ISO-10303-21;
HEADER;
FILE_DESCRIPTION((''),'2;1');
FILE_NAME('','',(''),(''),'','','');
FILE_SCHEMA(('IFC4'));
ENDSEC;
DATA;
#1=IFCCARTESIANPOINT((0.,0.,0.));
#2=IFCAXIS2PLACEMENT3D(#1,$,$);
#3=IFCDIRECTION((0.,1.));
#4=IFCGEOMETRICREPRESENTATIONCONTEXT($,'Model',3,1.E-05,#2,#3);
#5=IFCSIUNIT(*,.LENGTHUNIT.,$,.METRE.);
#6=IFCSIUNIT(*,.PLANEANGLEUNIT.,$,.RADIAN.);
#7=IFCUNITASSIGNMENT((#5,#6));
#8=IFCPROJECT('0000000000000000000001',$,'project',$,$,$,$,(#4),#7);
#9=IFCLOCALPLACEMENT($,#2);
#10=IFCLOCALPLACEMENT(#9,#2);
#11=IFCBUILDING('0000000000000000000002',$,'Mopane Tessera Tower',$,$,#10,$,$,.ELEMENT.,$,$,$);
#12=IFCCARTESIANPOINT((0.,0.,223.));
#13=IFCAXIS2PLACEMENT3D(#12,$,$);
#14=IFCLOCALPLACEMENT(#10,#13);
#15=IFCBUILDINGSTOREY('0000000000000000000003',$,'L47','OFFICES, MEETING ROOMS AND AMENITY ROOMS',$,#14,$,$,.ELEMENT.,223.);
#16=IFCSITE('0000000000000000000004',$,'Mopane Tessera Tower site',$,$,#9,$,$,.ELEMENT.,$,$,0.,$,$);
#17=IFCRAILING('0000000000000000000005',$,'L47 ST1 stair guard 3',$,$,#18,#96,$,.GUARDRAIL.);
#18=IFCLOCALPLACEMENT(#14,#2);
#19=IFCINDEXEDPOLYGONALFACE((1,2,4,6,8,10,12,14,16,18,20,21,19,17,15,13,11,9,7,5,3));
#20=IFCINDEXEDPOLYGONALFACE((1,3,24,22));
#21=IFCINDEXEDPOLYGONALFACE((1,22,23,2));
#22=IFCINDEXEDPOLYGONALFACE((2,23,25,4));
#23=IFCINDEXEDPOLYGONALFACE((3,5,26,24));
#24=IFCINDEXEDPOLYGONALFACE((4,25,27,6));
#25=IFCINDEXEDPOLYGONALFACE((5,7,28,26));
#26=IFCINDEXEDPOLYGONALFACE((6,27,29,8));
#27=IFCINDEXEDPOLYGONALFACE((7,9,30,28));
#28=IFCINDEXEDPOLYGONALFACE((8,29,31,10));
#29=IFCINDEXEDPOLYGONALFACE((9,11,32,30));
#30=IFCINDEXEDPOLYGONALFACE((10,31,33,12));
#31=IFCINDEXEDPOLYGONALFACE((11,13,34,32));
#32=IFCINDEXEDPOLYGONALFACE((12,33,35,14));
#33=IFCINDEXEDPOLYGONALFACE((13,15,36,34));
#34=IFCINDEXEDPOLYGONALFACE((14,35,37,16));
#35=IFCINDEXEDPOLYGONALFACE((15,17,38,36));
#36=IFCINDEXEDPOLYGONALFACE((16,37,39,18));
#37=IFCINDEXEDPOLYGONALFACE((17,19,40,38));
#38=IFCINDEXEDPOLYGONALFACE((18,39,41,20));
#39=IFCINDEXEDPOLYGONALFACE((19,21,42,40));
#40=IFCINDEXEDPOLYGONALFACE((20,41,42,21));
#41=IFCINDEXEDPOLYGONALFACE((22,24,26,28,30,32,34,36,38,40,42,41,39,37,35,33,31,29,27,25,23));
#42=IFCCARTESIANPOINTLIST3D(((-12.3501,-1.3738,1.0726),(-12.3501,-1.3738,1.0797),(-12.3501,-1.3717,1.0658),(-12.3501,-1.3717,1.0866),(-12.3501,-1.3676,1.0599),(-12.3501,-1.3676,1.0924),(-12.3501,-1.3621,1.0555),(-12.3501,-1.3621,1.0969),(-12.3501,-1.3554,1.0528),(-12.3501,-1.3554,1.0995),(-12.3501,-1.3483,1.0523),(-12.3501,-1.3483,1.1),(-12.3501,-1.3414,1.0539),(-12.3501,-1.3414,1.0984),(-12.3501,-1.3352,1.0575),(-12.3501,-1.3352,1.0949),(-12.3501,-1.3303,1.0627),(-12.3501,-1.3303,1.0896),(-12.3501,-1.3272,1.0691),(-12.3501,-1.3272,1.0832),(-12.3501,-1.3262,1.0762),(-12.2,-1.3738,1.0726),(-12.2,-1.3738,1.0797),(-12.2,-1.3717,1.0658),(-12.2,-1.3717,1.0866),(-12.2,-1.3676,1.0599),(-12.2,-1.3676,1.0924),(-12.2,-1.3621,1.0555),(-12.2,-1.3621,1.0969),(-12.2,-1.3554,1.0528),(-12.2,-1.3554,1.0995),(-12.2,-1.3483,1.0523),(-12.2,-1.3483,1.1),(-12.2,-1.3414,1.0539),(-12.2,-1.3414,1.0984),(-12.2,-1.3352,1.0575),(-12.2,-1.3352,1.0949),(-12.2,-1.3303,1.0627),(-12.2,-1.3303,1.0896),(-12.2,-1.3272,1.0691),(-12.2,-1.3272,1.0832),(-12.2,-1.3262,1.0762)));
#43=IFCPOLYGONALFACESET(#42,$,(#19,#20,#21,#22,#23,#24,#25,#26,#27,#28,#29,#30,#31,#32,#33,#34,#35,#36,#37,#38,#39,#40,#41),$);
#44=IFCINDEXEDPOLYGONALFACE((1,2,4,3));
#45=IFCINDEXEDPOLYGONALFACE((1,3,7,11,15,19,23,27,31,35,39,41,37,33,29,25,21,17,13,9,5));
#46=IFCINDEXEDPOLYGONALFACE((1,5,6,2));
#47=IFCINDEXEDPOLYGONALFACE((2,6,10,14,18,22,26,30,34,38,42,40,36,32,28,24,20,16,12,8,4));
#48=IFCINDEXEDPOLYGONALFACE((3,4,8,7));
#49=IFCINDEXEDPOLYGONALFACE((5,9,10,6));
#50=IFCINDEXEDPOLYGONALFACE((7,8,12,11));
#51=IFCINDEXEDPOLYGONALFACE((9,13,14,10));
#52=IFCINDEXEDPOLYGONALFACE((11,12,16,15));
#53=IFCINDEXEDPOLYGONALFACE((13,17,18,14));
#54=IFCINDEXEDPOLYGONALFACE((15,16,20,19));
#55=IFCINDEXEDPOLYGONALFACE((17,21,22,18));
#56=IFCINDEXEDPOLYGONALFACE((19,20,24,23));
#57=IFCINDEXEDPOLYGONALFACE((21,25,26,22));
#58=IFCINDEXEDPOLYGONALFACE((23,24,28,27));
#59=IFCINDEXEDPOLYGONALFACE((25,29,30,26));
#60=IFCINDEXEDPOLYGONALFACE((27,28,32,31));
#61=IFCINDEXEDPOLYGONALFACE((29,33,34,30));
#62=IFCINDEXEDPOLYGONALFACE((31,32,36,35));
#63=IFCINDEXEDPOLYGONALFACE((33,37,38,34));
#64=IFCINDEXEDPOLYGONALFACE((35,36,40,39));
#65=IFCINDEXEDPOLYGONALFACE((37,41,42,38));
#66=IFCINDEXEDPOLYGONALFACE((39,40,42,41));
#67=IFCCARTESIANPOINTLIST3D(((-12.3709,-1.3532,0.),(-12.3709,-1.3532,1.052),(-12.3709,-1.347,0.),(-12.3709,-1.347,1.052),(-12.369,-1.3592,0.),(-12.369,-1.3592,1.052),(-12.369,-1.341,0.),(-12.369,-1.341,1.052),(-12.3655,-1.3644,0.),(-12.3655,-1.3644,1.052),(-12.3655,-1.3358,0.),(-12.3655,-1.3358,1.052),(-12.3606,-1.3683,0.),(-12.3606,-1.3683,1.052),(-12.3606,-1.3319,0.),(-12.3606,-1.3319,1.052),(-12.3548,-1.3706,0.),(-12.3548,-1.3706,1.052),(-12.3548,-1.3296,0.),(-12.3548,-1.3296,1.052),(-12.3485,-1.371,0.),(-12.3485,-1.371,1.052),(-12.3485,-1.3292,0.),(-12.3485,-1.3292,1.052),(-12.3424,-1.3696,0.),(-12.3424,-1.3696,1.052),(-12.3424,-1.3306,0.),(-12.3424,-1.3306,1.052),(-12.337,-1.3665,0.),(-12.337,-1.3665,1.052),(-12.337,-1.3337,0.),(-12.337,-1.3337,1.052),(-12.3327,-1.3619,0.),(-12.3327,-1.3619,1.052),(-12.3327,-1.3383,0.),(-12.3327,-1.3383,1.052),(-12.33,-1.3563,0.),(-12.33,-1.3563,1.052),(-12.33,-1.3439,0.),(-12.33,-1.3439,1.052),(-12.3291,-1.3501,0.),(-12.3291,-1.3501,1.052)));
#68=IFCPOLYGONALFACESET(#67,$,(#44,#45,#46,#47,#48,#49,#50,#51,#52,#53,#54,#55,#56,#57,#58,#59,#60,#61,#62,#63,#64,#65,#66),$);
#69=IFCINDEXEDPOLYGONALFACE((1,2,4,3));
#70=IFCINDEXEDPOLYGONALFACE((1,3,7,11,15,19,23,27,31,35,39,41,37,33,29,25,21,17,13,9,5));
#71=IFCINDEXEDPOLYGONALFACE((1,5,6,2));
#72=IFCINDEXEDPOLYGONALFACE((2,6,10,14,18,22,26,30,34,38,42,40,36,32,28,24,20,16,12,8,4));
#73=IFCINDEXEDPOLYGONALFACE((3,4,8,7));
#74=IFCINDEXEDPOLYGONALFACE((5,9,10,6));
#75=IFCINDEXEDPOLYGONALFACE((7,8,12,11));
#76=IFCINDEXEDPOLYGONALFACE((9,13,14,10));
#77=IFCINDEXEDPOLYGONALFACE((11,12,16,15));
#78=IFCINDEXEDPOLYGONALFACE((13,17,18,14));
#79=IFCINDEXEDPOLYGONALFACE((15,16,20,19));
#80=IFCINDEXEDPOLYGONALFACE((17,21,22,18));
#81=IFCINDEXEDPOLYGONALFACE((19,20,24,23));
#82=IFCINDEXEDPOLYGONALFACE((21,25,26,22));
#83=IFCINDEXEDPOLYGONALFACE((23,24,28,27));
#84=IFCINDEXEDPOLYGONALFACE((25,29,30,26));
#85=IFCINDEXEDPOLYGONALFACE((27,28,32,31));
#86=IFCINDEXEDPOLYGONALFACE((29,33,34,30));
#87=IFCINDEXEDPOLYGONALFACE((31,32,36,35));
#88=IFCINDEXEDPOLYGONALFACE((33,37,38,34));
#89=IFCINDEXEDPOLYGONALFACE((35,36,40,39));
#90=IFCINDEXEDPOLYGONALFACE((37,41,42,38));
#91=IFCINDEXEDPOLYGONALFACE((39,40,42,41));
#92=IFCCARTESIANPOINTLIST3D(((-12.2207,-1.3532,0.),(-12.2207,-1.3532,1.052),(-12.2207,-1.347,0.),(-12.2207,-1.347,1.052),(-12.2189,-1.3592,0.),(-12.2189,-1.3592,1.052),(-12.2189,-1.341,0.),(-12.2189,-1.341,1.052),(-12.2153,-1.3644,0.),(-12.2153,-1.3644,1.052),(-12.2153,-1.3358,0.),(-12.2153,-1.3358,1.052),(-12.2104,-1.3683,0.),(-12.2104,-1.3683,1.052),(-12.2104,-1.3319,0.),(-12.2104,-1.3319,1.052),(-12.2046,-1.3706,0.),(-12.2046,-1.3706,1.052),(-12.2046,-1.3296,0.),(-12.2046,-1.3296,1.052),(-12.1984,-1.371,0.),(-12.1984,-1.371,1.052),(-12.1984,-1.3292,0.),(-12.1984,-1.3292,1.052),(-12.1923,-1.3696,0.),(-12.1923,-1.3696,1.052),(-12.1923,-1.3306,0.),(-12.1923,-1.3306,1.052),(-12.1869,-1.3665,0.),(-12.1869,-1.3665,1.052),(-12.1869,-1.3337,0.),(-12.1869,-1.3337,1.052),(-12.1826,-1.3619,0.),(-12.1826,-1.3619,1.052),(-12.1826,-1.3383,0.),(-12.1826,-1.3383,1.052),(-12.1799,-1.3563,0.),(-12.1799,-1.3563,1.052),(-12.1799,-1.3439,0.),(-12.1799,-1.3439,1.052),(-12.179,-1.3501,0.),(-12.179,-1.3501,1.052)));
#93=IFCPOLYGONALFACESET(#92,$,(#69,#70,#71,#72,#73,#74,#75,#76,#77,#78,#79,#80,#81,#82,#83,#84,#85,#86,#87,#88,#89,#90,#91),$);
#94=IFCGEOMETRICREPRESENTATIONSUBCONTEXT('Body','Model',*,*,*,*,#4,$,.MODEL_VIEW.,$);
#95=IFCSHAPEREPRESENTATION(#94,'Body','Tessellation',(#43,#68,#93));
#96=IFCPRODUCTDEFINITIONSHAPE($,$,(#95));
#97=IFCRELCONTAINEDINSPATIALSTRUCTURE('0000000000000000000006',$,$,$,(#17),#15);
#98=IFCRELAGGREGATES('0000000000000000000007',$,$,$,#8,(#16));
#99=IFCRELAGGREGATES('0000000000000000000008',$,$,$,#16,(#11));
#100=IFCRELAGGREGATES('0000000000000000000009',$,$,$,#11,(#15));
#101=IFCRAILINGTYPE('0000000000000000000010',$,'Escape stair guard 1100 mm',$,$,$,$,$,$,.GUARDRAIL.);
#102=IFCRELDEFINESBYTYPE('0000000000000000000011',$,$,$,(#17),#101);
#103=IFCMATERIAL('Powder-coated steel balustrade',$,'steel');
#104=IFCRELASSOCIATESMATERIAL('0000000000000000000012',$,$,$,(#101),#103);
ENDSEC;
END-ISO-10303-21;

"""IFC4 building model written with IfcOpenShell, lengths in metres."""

from ifc_helpers import new_model, si_unit, direction, frame, origin, origin_2d, place, context, subcontext, project, spatial, circle, extrude, material, type_object, element, save


model = new_model("IFC4")

# Units and contexts
model_context = context("Model", 3, precision=1e-05, world=origin(), true_north=direction((0.0, 1.0)))
body_context = subcontext(model_context, "Body", "Model", "MODEL_VIEW")
ifc_project = project(units=[si_unit("LENGTHUNIT", "METRE"), si_unit("PLANEANGLEUNIT", "RADIAN")], contexts=[model_context])

# Site, building, storey
site_placement = place(None, origin())
site = spatial("IfcSite", under=ifc_project, at=site_placement, Name="Mopane Tessera Tower site", CompositionType="ELEMENT", RefElevation=0.0)
building_placement = place(site_placement, origin())
building = spatial("IfcBuilding", under=site, at=building_placement, Name="Mopane Tessera Tower", CompositionType="ELEMENT")
storey_placement = place(building_placement, frame((0.0, 0.0, 223.0)))
storey = spatial("IfcBuildingStorey", under=building, at=storey_placement, Name="L47", Description="OFFICES, MEETING ROOMS AND AMENITY ROOMS", CompositionType="ELEMENT", Elevation=223.0)

# Railing
ifc_material_1 = material(Name="Powder-coated steel balustrade", Category="steel")
railing_type_1 = type_object("IfcRailingType", Name="Escape stair guard 1100 mm", PredefinedType="GUARDRAIL", material=ifc_material_1)
railing_1_placement = place(storey_placement, frame((-12.3501, -1.3501, 0.0)))
element("IfcRailing", 1, at=railing_1_placement, inside=storey, type_object=railing_type_1, Name="L47 ST1 stair guard 3", PredefinedType="GUARDRAIL", context=body_context, shape_type="SweptSolid", body=[
    extrude(circle(Radius=0.0239, at=origin_2d()), frame((0.0, 0.0, 1.0762), z_axis=(1.0, 0.0, 0.0), x_axis=(0.0, 1.0, 0.0)), (0.0, 0.0, 1.0), 0.1501),
    extrude(circle(Radius=0.021, at=origin_2d()), origin(), (0.0, 0.0, 1.0), 1.052),
    extrude(circle(Radius=0.021, at=origin_2d()), frame((0.1501, 0.0, 0.0)), (0.0, 0.0, 1.0), 1.052),
])

save(model, "model.ifc")
